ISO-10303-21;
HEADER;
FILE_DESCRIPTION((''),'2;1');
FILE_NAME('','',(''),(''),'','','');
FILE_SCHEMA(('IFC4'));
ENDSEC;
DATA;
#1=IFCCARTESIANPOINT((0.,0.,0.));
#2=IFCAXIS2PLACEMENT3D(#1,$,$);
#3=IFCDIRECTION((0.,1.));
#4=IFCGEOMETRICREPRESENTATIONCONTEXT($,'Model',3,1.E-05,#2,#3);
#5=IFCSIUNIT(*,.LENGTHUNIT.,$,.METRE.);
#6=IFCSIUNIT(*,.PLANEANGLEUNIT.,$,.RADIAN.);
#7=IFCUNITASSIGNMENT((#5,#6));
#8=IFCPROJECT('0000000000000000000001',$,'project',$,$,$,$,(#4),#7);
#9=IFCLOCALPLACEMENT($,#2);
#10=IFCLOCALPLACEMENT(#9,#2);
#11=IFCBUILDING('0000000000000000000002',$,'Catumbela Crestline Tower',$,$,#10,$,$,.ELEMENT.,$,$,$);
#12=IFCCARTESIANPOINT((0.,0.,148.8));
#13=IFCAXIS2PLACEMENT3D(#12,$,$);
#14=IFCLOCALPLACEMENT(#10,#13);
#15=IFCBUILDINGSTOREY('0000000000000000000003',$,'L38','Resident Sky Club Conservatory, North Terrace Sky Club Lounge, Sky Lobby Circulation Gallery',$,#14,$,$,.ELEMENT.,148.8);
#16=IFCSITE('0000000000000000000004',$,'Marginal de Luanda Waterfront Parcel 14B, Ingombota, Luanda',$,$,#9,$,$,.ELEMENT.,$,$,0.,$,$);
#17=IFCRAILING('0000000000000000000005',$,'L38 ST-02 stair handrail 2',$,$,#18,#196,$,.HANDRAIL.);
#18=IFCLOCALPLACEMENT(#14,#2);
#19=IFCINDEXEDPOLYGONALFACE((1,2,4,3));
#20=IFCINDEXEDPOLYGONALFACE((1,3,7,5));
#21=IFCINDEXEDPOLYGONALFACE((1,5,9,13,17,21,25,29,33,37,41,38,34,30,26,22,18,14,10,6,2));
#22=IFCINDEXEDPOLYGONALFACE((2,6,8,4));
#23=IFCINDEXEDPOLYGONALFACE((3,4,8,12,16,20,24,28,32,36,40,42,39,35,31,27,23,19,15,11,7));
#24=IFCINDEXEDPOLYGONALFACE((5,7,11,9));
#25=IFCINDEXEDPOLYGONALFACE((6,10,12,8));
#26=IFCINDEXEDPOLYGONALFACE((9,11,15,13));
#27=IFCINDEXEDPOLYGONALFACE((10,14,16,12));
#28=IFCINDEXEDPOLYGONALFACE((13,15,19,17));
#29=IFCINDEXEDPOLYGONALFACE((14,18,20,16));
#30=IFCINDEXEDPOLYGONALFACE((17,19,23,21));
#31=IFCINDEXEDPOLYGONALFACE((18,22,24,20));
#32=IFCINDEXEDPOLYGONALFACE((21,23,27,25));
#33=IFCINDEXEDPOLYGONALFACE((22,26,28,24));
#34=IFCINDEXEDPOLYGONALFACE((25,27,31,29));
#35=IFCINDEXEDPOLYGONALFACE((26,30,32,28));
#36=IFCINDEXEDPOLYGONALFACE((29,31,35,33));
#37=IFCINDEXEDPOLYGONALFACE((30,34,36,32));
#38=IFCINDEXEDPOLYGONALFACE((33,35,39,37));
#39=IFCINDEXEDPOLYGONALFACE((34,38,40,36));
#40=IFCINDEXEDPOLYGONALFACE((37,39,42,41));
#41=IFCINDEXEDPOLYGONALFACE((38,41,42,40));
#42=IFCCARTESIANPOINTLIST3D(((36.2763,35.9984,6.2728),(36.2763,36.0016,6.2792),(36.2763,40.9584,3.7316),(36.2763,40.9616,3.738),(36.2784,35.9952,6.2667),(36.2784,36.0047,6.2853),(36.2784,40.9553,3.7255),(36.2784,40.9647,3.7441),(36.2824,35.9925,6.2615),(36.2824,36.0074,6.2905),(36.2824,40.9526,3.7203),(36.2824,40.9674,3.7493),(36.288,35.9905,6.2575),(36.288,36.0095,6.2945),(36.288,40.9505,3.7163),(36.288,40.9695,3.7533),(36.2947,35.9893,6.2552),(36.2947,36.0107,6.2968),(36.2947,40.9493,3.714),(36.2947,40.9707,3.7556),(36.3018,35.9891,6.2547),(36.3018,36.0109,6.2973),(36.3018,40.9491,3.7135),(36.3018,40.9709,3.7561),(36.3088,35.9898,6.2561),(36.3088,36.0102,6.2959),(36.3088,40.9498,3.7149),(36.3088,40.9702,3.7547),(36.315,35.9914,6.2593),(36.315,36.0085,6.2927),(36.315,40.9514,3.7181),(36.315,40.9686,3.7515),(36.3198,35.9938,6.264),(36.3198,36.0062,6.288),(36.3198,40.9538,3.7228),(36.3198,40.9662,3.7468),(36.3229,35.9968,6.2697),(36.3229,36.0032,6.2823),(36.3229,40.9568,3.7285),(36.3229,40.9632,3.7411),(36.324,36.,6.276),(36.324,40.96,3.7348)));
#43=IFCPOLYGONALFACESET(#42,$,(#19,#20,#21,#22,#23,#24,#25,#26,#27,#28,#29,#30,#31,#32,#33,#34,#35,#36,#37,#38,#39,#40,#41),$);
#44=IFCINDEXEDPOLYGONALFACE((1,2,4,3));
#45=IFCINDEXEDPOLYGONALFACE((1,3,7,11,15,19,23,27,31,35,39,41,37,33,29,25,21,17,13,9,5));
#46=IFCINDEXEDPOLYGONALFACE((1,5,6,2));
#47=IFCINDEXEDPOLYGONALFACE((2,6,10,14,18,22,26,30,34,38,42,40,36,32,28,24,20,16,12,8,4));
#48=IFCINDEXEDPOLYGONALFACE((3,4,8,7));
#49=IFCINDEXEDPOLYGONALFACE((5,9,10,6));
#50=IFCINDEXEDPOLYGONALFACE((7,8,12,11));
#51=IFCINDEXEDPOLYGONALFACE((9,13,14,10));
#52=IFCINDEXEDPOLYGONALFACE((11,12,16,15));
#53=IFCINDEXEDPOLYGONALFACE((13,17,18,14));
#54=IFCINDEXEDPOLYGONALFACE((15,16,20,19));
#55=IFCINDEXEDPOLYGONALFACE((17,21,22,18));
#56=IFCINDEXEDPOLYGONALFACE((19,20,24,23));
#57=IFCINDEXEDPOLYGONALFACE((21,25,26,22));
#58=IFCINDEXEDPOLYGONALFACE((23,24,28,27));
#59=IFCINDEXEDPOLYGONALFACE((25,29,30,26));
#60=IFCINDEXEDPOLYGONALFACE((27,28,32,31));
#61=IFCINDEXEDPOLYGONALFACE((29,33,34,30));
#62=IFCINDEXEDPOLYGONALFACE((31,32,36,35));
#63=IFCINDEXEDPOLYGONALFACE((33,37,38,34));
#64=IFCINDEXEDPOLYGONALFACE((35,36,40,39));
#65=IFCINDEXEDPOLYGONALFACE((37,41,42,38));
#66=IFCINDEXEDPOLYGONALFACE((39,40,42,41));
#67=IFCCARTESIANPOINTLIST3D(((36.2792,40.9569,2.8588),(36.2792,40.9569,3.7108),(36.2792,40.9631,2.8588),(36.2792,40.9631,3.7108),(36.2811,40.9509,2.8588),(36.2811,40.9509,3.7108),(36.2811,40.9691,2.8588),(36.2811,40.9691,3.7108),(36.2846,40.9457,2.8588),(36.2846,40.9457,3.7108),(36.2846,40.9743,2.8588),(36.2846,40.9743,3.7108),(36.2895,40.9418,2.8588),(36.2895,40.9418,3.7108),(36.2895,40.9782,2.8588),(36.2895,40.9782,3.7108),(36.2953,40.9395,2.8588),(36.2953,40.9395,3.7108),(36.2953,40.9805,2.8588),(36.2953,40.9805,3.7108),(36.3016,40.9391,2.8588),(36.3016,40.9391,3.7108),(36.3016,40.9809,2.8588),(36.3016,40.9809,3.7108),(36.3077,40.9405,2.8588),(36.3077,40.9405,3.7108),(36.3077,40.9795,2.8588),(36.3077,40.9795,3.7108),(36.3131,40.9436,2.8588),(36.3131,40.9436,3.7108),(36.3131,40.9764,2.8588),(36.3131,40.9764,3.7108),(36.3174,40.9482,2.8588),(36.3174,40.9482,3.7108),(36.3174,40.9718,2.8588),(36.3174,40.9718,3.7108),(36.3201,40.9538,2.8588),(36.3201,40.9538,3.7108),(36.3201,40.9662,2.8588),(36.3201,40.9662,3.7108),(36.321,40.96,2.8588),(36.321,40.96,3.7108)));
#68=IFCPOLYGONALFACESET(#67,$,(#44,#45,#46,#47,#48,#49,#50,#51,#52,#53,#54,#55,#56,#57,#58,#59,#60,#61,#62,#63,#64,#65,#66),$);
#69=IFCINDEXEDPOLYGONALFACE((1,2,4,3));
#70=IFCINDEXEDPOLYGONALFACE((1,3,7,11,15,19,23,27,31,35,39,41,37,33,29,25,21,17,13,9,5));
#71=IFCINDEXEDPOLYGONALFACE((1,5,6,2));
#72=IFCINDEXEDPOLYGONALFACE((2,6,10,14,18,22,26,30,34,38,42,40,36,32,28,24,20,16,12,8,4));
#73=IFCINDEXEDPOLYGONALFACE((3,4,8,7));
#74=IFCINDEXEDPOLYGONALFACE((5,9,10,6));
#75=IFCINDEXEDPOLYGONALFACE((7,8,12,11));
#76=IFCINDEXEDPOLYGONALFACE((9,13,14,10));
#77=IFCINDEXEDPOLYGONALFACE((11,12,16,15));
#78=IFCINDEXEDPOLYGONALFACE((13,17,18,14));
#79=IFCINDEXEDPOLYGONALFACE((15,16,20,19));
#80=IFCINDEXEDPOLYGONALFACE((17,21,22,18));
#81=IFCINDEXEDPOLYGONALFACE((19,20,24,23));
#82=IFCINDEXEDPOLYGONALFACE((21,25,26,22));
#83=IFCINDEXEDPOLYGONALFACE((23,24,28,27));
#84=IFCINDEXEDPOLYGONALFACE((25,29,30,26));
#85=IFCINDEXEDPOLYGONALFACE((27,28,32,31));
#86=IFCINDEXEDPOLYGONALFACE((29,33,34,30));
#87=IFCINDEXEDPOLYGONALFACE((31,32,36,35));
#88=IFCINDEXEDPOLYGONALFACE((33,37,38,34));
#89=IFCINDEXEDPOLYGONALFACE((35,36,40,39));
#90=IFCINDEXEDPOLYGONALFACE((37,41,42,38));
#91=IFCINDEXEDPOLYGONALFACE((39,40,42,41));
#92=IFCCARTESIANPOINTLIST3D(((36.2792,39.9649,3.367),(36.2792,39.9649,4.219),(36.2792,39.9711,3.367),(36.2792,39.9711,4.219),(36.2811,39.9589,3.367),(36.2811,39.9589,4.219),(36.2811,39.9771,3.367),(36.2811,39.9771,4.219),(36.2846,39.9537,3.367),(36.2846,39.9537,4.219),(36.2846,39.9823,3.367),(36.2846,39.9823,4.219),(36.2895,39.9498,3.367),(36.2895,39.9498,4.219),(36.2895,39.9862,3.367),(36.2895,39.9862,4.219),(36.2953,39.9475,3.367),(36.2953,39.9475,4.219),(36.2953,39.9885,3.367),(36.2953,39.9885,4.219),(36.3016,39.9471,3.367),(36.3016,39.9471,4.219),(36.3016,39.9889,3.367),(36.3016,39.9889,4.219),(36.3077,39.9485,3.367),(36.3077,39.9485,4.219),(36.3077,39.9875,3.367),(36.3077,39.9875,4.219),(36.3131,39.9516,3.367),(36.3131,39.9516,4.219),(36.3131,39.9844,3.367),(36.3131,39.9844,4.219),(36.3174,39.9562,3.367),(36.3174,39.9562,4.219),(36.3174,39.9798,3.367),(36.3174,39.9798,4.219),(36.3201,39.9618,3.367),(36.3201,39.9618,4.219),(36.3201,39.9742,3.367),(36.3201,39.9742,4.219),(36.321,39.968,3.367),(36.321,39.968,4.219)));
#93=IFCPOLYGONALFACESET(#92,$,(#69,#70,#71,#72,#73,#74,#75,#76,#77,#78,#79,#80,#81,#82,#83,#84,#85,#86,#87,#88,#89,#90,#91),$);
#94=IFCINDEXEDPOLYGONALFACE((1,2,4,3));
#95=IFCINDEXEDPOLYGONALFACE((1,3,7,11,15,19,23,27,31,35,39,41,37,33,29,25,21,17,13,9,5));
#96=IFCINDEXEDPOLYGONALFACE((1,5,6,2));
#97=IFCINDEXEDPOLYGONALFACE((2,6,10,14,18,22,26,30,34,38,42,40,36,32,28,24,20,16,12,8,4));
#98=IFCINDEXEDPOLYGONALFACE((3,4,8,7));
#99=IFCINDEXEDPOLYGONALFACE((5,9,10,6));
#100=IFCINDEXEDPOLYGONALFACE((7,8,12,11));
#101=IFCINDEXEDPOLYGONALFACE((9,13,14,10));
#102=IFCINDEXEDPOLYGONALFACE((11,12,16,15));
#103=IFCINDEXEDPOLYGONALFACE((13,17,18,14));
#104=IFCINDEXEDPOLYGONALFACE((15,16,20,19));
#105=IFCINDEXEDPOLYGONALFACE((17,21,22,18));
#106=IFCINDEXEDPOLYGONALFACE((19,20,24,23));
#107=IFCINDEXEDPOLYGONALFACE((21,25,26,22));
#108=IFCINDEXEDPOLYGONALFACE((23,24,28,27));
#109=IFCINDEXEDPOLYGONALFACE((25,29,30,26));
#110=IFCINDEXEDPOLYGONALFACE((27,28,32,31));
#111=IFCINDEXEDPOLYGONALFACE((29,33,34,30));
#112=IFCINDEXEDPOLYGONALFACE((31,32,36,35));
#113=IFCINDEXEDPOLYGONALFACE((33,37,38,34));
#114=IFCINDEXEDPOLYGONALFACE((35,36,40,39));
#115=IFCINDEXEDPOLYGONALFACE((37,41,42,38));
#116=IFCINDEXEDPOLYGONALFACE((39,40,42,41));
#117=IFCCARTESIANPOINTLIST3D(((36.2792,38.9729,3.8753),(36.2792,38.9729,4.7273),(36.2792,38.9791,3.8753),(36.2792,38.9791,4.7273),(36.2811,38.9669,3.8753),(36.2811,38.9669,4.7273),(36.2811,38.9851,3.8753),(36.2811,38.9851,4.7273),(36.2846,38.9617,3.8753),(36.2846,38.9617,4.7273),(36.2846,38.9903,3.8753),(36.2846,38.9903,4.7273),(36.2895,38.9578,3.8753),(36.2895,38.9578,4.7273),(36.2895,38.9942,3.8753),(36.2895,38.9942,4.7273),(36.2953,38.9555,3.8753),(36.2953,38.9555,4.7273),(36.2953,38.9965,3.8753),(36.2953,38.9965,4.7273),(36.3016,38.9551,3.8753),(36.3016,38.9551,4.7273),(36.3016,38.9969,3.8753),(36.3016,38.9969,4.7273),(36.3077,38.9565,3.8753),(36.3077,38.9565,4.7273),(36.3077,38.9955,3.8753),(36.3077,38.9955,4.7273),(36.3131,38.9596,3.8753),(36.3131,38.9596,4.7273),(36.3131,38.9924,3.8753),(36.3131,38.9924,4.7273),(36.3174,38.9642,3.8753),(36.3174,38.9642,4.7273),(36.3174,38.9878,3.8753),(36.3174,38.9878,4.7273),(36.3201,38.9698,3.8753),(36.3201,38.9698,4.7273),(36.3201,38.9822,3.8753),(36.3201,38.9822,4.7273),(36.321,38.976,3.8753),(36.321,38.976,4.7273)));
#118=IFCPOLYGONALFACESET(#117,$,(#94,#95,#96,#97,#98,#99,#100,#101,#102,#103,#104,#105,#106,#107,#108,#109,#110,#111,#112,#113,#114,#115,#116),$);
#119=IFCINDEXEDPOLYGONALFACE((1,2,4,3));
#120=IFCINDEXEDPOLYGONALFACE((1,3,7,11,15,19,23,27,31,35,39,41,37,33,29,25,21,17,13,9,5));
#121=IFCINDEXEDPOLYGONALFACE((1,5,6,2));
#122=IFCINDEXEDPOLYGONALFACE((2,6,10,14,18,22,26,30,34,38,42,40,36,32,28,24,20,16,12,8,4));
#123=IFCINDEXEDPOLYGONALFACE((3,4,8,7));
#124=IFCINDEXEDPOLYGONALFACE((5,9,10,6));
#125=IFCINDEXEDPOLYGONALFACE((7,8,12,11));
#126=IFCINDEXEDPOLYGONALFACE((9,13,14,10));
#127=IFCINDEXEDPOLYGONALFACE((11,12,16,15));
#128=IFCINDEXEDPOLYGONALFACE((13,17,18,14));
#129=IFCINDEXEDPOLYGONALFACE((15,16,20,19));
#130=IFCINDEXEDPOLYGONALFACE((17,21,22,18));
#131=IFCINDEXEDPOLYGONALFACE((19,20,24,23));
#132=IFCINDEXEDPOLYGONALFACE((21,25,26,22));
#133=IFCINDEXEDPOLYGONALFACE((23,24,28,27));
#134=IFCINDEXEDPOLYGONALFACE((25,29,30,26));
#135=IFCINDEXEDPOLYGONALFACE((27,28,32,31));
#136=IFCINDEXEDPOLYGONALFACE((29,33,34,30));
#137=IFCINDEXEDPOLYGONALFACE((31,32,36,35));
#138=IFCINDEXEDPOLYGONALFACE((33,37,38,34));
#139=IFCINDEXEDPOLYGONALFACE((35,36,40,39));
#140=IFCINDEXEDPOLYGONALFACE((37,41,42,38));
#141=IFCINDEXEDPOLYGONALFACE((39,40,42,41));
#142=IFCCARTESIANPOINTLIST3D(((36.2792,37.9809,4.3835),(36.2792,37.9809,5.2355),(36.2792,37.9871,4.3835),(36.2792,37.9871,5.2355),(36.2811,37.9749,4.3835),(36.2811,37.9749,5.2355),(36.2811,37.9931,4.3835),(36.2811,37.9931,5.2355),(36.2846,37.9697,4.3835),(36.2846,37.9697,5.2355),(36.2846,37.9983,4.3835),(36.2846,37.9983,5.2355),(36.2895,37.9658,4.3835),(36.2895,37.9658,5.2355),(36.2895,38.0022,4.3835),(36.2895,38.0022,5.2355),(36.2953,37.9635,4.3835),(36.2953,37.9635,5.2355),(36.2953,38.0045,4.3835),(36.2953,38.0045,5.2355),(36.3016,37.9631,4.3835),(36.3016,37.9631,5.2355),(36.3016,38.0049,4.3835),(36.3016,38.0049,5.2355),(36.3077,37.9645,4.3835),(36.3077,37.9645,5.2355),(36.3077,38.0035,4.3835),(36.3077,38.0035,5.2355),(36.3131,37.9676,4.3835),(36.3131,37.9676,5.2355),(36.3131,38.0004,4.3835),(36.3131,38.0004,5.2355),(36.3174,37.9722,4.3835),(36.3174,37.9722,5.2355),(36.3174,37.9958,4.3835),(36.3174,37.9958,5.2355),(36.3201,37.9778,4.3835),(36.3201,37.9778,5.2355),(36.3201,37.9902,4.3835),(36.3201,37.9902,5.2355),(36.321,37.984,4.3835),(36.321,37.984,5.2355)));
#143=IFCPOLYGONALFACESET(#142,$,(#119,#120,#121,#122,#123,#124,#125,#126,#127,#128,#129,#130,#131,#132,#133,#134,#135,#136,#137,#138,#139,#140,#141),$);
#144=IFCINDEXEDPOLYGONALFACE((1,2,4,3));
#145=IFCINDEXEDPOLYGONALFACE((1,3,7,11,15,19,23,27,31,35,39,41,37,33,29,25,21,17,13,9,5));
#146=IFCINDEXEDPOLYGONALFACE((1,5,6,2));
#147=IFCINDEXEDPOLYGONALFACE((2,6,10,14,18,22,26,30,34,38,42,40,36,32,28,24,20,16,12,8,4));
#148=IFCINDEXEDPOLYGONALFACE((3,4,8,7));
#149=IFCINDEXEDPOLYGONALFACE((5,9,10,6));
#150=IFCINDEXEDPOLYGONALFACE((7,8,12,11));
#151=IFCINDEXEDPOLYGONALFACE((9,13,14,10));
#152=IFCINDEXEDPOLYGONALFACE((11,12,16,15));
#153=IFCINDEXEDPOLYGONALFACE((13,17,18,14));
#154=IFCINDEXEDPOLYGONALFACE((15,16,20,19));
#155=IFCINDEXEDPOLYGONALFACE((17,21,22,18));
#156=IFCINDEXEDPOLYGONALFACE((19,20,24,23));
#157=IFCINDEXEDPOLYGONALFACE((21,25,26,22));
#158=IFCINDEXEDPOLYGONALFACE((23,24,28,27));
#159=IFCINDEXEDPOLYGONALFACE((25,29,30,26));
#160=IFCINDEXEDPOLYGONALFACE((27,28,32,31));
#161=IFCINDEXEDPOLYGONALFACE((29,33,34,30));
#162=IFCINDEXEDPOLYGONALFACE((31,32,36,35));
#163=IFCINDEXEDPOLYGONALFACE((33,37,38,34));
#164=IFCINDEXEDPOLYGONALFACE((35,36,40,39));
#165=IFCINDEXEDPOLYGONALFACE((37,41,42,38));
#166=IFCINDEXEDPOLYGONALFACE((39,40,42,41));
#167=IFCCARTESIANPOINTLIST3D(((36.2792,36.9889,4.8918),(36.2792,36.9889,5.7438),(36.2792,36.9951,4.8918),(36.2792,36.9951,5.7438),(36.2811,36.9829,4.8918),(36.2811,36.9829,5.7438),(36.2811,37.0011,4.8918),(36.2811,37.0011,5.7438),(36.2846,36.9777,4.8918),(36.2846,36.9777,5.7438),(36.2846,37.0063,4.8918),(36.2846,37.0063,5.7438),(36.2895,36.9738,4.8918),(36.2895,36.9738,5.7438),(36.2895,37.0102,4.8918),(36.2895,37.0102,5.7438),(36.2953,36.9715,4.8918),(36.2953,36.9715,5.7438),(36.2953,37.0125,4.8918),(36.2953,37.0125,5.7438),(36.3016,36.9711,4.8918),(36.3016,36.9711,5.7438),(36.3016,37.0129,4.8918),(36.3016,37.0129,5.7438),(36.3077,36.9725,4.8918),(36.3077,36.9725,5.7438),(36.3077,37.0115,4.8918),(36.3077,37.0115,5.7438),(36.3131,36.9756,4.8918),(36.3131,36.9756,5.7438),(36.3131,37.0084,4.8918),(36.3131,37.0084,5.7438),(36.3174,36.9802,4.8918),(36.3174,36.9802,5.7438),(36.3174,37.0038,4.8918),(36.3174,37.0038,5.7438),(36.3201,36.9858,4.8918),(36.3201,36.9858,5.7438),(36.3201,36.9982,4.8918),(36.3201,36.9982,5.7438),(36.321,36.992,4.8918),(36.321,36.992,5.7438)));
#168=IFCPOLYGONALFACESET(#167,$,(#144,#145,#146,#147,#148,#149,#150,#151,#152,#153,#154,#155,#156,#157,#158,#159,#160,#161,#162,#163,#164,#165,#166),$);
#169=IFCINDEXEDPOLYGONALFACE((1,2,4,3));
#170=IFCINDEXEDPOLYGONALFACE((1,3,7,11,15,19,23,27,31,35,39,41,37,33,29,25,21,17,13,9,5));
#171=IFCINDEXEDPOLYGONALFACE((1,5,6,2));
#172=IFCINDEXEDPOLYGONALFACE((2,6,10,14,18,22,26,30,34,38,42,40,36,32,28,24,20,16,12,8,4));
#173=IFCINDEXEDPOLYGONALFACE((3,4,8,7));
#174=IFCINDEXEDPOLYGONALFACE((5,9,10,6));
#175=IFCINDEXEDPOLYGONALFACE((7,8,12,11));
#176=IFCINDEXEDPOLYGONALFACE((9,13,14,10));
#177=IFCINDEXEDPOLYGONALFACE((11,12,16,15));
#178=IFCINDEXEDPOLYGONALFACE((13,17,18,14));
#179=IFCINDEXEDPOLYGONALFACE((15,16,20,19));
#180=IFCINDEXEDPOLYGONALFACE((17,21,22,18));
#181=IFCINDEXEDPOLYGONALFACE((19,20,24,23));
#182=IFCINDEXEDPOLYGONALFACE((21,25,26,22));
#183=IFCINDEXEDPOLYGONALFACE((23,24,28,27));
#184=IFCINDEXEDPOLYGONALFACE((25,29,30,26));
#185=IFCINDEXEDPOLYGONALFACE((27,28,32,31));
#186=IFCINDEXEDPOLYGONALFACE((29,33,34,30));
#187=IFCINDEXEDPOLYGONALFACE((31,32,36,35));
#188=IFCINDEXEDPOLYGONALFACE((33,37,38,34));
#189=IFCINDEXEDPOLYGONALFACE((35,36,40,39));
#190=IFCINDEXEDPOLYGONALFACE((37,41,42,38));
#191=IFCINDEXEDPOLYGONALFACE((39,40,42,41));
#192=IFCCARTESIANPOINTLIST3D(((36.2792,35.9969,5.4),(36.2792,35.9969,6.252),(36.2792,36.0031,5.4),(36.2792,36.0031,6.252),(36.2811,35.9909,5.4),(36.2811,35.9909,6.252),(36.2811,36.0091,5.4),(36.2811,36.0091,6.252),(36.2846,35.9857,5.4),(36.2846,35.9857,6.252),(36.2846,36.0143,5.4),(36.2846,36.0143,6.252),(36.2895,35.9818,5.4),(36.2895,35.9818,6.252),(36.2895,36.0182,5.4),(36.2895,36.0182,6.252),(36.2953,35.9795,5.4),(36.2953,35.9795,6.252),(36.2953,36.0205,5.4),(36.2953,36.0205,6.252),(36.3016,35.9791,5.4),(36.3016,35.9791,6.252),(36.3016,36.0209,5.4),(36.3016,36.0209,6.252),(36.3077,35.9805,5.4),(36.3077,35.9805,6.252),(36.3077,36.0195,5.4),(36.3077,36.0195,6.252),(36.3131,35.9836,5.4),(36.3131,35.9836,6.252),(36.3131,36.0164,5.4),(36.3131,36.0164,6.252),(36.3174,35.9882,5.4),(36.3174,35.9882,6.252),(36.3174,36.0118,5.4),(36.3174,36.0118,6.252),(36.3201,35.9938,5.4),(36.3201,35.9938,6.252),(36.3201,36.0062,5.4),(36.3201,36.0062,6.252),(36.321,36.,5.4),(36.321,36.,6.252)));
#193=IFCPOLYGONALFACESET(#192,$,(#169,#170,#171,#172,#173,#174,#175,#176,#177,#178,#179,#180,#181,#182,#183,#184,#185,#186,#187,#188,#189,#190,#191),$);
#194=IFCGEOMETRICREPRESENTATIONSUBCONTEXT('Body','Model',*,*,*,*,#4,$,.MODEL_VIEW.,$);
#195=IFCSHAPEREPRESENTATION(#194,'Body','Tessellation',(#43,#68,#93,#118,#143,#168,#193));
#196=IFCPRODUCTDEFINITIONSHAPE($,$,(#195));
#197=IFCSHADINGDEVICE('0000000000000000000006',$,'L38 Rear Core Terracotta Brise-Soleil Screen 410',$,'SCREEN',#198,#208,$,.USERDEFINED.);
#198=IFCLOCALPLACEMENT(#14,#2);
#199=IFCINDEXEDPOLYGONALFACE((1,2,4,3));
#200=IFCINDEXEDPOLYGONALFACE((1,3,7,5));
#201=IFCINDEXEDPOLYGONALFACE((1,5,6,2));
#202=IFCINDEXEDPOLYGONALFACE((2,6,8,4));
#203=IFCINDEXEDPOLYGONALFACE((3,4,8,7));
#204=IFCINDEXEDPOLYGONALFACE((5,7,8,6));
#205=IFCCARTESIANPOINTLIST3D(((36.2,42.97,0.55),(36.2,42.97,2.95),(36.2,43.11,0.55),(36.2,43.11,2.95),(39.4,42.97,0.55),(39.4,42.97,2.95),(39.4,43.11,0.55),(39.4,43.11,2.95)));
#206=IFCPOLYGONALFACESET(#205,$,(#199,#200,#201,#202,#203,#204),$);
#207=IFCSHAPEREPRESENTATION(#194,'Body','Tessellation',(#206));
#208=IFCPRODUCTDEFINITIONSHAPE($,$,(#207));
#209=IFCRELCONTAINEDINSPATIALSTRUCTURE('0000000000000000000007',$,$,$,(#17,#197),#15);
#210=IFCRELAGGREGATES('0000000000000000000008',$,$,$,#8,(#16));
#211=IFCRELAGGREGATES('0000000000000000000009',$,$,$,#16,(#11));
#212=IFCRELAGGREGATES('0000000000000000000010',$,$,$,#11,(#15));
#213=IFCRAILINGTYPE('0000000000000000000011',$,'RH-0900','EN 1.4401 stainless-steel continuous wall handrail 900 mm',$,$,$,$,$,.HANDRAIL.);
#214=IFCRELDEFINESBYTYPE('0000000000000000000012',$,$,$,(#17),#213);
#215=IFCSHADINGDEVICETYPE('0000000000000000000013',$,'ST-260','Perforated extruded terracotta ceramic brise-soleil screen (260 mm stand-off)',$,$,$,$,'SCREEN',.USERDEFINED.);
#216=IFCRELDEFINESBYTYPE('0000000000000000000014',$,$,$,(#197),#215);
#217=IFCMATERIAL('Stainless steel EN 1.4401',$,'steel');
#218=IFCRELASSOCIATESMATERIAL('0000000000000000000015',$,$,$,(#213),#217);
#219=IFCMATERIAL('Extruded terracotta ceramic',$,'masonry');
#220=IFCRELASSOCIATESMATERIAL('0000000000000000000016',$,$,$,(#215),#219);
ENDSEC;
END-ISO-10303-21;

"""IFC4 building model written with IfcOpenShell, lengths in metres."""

from ifc_helpers import new_model, si_unit, direction, frame, origin, origin_2d, place, context, subcontext, project, spatial, rectangle, circle, extrude, material, type_object, element, save


model = new_model("IFC4")

# Units and contexts
model_context = context("Model", 3, precision=1e-05, world=origin(), true_north=direction((0.0, 1.0)))
body_context = subcontext(model_context, "Body", "Model", "MODEL_VIEW")
ifc_project = project(units=[si_unit("LENGTHUNIT", "METRE"), si_unit("PLANEANGLEUNIT", "RADIAN")], contexts=[model_context])

# Site, building, storey
site_placement = place(None, origin())
site = spatial("IfcSite", under=ifc_project, at=site_placement, Name="Marginal de Luanda Waterfront Parcel 14B, Ingombota, Luanda", CompositionType="ELEMENT", RefElevation=0.0)
building_placement = place(site_placement, origin())
building = spatial("IfcBuilding", under=site, at=building_placement, Name="Catumbela Crestline Tower", CompositionType="ELEMENT")
storey_placement = place(building_placement, frame((0.0, 0.0, 148.8)))
storey = spatial("IfcBuildingStorey", under=building, at=storey_placement, Name="L38", Description="Resident Sky Club Conservatory, North Terrace Sky Club Lounge, Sky Lobby Circulation Gallery", CompositionType="ELEMENT", Elevation=148.8)

# Shared definitions
ifc_material_1 = material(Name="Stainless steel EN 1.4401", Category="steel")

# Railing
railing_type_1 = type_object("IfcRailingType", Name="RH-0900", Description="EN 1.4401 stainless-steel continuous wall handrail 900 mm", PredefinedType="HANDRAIL", material=ifc_material_1)
railing_1_placement = place(storey_placement, frame((36.3, 40.96, 2.8588)))
element("IfcRailing", 1, at=railing_1_placement, inside=storey, type_object=railing_type_1, Name="L38 ST-02 stair handrail 2", PredefinedType="HANDRAIL", context=body_context, shape_type="SweptSolid", body=[
    extrude(circle(Radius=0.024, at=origin_2d()), frame((0.0, 0.0, 0.876), z_axis=(0.0, -0.889992, 0.455977), x_axis=(1.0, 0.0, 0.0)), (0.0, 0.0, 1.0), 5.5731),
    extrude(circle(Radius=0.021, at=origin_2d()), origin(), (0.0, 0.0, 1.0), 0.852),
    extrude(circle(Radius=0.021, at=origin_2d()), frame((0.0, -0.992, 0.5082)), (0.0, 0.0, 1.0), 0.852),
    extrude(circle(Radius=0.021, at=origin_2d()), frame((0.0, -1.984, 1.0165)), (0.0, 0.0, 1.0), 0.852),
    extrude(circle(Radius=0.021, at=origin_2d()), frame((0.0, -2.976, 1.5247)), (0.0, 0.0, 1.0), 0.852),
    extrude(circle(Radius=0.021, at=origin_2d()), frame((0.0, -3.968, 2.033)), (0.0, 0.0, 1.0), 0.852),
    extrude(circle(Radius=0.021, at=origin_2d()), frame((0.0, -4.96, 2.5412)), (0.0, 0.0, 1.0), 0.852),
])

# Shading device
ifc_material_2 = material(Name="Extruded terracotta ceramic", Category="masonry")
shading_device_type = type_object("IfcShadingDeviceType", Name="ST-260", Description="Perforated extruded terracotta ceramic brise-soleil screen (260 mm stand-off)", ElementType="SCREEN", PredefinedType="USERDEFINED", material=ifc_material_2)
shading_device_placement = place(storey_placement, frame((37.8, 43.04, 0.55), z_axis=(0.0, 0.0, 1.0), x_axis=(1.0, 0.0, 0.0)))
element("IfcShadingDevice", 2, at=shading_device_placement, inside=storey, type_object=shading_device_type, Name="L38 Rear Core Terracotta Brise-Soleil Screen 410", ObjectType="SCREEN", PredefinedType="USERDEFINED", context=body_context, shape_type="SweptSolid", body=[
    extrude(rectangle(XDim=3.2, YDim=0.14, at=origin_2d()), origin(), (0.0, 0.0, 1.0), 2.4),
])

save(model, "model.ifc")
